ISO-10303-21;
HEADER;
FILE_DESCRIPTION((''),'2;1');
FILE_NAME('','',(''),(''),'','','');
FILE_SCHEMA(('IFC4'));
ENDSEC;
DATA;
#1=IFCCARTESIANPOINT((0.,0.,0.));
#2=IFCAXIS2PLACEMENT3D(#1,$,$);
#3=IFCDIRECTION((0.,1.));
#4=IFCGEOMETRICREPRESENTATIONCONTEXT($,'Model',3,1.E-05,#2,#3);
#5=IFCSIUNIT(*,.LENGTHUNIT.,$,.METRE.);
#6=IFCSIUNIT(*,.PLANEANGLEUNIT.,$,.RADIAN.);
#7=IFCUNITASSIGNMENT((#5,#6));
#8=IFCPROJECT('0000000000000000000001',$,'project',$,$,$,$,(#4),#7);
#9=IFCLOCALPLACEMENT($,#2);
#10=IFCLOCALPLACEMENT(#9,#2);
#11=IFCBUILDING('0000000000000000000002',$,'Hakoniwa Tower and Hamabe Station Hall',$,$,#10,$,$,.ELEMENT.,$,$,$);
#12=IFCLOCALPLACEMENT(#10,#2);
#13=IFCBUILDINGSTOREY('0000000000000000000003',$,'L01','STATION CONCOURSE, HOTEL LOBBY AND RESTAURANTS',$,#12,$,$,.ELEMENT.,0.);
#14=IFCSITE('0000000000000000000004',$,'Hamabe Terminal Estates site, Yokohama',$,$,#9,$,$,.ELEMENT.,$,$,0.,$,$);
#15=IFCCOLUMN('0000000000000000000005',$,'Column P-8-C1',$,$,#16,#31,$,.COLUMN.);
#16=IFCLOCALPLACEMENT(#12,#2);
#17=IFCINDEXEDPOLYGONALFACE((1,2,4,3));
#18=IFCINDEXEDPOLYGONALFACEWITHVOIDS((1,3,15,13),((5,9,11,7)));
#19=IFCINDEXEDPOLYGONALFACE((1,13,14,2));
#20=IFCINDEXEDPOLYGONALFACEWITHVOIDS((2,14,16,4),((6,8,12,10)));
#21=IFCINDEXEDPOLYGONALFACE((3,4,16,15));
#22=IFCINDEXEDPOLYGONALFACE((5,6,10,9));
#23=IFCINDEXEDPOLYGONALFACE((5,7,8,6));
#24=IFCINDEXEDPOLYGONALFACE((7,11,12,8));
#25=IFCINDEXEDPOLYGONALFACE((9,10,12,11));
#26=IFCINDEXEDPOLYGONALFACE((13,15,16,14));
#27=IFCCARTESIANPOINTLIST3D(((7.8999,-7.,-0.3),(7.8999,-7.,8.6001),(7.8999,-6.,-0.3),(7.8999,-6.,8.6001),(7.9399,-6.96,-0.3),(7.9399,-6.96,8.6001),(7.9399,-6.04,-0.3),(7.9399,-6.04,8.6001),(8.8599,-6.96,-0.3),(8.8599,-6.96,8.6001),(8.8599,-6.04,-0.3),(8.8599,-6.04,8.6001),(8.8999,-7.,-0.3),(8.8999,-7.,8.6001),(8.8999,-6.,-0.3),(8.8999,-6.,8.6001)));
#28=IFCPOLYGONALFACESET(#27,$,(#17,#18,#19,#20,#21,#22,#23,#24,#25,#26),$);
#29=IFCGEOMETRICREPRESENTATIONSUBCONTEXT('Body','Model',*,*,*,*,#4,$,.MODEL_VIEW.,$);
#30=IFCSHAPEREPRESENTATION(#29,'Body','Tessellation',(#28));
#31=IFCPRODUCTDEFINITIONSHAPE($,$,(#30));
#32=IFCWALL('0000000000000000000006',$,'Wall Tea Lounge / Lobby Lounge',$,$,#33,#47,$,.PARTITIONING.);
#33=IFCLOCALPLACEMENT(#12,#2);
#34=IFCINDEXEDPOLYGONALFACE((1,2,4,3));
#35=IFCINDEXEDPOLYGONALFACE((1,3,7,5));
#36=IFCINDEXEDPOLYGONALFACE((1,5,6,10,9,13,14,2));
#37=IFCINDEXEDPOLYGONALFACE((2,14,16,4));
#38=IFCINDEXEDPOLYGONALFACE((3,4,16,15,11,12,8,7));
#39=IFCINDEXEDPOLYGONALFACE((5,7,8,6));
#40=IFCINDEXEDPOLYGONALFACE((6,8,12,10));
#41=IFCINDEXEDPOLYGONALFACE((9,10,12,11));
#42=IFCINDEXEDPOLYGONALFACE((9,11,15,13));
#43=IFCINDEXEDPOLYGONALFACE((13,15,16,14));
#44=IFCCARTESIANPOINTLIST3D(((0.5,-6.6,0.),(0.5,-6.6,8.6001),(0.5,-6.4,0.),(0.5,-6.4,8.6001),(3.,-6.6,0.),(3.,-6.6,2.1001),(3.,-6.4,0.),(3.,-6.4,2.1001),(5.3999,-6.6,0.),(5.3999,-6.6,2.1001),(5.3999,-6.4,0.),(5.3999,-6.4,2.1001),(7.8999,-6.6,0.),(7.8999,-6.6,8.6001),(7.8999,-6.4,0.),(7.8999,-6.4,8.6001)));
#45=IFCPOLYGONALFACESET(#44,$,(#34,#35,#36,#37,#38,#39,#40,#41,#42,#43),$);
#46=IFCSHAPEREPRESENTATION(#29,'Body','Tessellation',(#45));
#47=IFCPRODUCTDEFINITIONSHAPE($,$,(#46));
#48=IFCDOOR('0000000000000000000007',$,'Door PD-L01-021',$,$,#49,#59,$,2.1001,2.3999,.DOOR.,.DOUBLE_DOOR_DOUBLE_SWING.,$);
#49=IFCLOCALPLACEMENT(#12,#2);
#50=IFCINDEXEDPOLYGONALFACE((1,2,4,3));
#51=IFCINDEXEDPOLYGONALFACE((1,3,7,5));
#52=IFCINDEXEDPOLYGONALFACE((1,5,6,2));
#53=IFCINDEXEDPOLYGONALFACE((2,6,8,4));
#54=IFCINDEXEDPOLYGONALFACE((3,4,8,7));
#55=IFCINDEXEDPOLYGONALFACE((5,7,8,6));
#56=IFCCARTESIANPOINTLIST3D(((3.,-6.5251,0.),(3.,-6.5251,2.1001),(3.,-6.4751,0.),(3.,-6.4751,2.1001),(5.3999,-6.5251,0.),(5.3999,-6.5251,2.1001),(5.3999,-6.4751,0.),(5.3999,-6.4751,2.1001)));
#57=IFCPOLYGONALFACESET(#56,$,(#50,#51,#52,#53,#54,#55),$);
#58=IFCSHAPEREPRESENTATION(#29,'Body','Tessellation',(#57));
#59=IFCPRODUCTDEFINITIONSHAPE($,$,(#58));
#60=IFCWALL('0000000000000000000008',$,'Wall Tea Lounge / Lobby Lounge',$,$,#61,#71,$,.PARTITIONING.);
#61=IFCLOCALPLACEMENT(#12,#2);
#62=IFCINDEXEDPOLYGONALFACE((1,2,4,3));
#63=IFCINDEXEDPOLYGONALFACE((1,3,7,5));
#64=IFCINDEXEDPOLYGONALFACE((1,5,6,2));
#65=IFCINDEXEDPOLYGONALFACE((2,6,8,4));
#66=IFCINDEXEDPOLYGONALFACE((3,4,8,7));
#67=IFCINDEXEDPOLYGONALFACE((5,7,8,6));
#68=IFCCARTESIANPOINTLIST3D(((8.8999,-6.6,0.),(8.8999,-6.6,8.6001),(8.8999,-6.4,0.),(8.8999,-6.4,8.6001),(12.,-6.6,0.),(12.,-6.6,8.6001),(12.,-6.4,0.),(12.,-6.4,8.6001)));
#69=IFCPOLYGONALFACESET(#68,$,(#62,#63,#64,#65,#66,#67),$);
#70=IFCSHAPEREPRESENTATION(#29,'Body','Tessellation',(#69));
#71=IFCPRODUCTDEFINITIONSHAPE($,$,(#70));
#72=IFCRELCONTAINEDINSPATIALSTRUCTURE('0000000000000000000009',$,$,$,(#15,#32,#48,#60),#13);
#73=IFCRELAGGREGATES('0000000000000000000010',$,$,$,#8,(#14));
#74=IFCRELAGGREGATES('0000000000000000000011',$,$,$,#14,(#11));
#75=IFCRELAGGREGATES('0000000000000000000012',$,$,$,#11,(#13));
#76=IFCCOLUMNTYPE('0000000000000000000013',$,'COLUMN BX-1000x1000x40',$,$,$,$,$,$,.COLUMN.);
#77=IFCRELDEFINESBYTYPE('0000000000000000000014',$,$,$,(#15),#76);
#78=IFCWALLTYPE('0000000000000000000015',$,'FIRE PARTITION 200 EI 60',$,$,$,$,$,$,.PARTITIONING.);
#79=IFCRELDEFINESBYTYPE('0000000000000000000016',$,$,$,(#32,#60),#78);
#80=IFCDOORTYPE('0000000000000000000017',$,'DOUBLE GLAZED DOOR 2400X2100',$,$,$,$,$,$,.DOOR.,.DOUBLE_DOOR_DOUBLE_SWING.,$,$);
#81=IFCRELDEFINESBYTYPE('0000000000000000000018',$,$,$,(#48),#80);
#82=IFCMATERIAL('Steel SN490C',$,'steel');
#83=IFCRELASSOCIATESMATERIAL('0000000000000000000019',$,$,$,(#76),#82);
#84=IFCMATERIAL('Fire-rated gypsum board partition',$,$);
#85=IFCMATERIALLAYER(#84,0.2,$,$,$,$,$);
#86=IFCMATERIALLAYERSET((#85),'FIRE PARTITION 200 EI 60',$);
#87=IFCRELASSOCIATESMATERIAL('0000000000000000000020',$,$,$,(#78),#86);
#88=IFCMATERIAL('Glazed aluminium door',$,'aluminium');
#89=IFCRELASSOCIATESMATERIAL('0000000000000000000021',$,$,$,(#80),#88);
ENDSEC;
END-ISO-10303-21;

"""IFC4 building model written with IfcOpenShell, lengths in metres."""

from ifc_helpers import new_model, si_unit, direction, frame, frame_2d, origin, origin_2d, place, context, subcontext, project, spatial, rectangle, hollow_rectangle, extrude, material, layer, layer_set, material_profile, profile_set, type_object, element, fill, save


model = new_model("IFC4")

# Units and contexts
model_context = context("Model", 3, precision=1e-05, world=origin(), true_north=direction((0.0, 1.0)))
body_context = subcontext(model_context, "Body", "Model", "MODEL_VIEW")
ifc_project = project(units=[si_unit("LENGTHUNIT", "METRE"), si_unit("PLANEANGLEUNIT", "RADIAN")], contexts=[model_context])

# Site, building, storey
site_placement = place(None, origin())
site = spatial("IfcSite", under=ifc_project, at=site_placement, Name="Hamabe Terminal Estates site, Yokohama", CompositionType="ELEMENT", RefElevation=0.0)
building_placement = place(site_placement, origin())
building = spatial("IfcBuilding", under=site, at=building_placement, Name="Hakoniwa Tower and Hamabe Station Hall", CompositionType="ELEMENT")
storey_placement = place(building_placement, origin())
storey = spatial("IfcBuildingStorey", under=building, at=storey_placement, Name="L01", Description="STATION CONCOURSE, HOTEL LOBBY AND RESTAURANTS", CompositionType="ELEMENT", Elevation=0.0)

# Column
ifc_material_1 = material(Name="Steel SN490C", Category="steel")
ifc_material_profile_1 = material_profile(ifc_material_1, hollow_rectangle(XDim=1.0, YDim=1.0, WallThickness=0.04, at=origin_2d()), Name="BX-1000x1000x40")
ifc_profile_set_1 = profile_set([ifc_material_profile_1], Name="Steel SN490C")
column_type = type_object("IfcColumnType", Name="COLUMN BX-1000x1000x40", PredefinedType="COLUMN", material=ifc_profile_set_1)
column_placement = place(storey_placement, frame((8.3999, -6.5, -0.3), z_axis=(0.0, 0.0, 1.0), x_axis=(1.0, 0.0, 0.0)))
element("IfcColumn", 1, at=column_placement, inside=storey, type_object=column_type, Name="Column P-8-C1", PredefinedType="COLUMN", context=body_context, shape_type="SweptSolid", body=[
    extrude(hollow_rectangle(XDim=1.0, YDim=1.0, WallThickness=0.04, at=origin_2d()), origin(), (0.0, 0.0, 1.0), 8.9001),
])

# Wall, opening, door
ifc_material_2 = material(Name="Fire-rated gypsum board partition")
ifc_layer_1 = layer(ifc_material_2, 0.2)
ifc_layer_set_1 = layer_set([ifc_layer_1], Name="FIRE PARTITION 200 EI 60")
wall_type = type_object("IfcWallType", Name="FIRE PARTITION 200 EI 60", PredefinedType="PARTITIONING", material=ifc_layer_set_1)
wall_1_placement = place(storey_placement, frame((0.5, -6.5, 0.0), z_axis=(0.0, 0.0, 1.0), x_axis=(1.0, 0.0, 0.0)))
wall_1 = element("IfcWall", 2, at=wall_1_placement, inside=storey, type_object=wall_type, Name="Wall Tea Lounge / Lobby Lounge", PredefinedType="PARTITIONING", context=body_context, shape_type="SweptSolid", body=[
    extrude(rectangle(XDim=7.3999, YDim=0.2, at=frame_2d((3.7, 0.0))), origin(), (0.0, 0.0, 1.0), 8.6001),
])
opening_placement = place(wall_1_placement, frame((2.5, 0.0, 0.0)))
opening = element("IfcOpeningElement", 3, at=opening_placement, cuts=wall_1, PredefinedType="OPENING", context=body_context, shape_type="SweptSolid", body=[
    extrude(rectangle(XDim=2.3999, YDim=2.1001, at=frame_2d((1.2, 1.05))), frame((0.0, 0.1099, 0.0), z_axis=(0.0, -1.0, 0.0), x_axis=(1.0, 0.0, 0.0)), (0.0, 0.0, 1.0), 0.22),
])
ifc_material_3 = material(Name="Glazed aluminium door", Category="aluminium")
door_type = type_object("IfcDoorType", Name="DOUBLE GLAZED DOOR 2400X2100", OperationType="DOUBLE_DOOR_DOUBLE_SWING", PredefinedType="DOOR", material=ifc_material_3)
door_placement = place(opening_placement, origin())
door = element("IfcDoor", 4, at=door_placement, inside=storey, type_object=door_type, Name="Door PD-L01-021", OperationType="DOUBLE_DOOR_DOUBLE_SWING", OverallHeight=2.1001, OverallWidth=2.3999, PredefinedType="DOOR", context=body_context, shape_type="SweptSolid", body=[
    extrude(rectangle(XDim=2.3999, YDim=2.1001, at=frame_2d((1.2, 1.05))), frame((0.0, 0.0249, 0.0), z_axis=(0.0, -1.0, 0.0), x_axis=(1.0, 0.0, 0.0)), (0.0, 0.0, 1.0), 0.05),
])
fill(opening, door)

# Wall
wall_2_placement = place(storey_placement, frame((8.8999, -6.5, 0.0), z_axis=(0.0, 0.0, 1.0), x_axis=(1.0, 0.0, 0.0)))
element("IfcWall", 5, at=wall_2_placement, inside=storey, type_object=wall_type, Name="Wall Tea Lounge / Lobby Lounge", PredefinedType="PARTITIONING", context=body_context, shape_type="SweptSolid", body=[
    extrude(rectangle(XDim=3.1001, YDim=0.2, at=frame_2d((1.55, 0.0))), origin(), (0.0, 0.0, 1.0), 8.6001),
])

save(model, "model.ifc")
